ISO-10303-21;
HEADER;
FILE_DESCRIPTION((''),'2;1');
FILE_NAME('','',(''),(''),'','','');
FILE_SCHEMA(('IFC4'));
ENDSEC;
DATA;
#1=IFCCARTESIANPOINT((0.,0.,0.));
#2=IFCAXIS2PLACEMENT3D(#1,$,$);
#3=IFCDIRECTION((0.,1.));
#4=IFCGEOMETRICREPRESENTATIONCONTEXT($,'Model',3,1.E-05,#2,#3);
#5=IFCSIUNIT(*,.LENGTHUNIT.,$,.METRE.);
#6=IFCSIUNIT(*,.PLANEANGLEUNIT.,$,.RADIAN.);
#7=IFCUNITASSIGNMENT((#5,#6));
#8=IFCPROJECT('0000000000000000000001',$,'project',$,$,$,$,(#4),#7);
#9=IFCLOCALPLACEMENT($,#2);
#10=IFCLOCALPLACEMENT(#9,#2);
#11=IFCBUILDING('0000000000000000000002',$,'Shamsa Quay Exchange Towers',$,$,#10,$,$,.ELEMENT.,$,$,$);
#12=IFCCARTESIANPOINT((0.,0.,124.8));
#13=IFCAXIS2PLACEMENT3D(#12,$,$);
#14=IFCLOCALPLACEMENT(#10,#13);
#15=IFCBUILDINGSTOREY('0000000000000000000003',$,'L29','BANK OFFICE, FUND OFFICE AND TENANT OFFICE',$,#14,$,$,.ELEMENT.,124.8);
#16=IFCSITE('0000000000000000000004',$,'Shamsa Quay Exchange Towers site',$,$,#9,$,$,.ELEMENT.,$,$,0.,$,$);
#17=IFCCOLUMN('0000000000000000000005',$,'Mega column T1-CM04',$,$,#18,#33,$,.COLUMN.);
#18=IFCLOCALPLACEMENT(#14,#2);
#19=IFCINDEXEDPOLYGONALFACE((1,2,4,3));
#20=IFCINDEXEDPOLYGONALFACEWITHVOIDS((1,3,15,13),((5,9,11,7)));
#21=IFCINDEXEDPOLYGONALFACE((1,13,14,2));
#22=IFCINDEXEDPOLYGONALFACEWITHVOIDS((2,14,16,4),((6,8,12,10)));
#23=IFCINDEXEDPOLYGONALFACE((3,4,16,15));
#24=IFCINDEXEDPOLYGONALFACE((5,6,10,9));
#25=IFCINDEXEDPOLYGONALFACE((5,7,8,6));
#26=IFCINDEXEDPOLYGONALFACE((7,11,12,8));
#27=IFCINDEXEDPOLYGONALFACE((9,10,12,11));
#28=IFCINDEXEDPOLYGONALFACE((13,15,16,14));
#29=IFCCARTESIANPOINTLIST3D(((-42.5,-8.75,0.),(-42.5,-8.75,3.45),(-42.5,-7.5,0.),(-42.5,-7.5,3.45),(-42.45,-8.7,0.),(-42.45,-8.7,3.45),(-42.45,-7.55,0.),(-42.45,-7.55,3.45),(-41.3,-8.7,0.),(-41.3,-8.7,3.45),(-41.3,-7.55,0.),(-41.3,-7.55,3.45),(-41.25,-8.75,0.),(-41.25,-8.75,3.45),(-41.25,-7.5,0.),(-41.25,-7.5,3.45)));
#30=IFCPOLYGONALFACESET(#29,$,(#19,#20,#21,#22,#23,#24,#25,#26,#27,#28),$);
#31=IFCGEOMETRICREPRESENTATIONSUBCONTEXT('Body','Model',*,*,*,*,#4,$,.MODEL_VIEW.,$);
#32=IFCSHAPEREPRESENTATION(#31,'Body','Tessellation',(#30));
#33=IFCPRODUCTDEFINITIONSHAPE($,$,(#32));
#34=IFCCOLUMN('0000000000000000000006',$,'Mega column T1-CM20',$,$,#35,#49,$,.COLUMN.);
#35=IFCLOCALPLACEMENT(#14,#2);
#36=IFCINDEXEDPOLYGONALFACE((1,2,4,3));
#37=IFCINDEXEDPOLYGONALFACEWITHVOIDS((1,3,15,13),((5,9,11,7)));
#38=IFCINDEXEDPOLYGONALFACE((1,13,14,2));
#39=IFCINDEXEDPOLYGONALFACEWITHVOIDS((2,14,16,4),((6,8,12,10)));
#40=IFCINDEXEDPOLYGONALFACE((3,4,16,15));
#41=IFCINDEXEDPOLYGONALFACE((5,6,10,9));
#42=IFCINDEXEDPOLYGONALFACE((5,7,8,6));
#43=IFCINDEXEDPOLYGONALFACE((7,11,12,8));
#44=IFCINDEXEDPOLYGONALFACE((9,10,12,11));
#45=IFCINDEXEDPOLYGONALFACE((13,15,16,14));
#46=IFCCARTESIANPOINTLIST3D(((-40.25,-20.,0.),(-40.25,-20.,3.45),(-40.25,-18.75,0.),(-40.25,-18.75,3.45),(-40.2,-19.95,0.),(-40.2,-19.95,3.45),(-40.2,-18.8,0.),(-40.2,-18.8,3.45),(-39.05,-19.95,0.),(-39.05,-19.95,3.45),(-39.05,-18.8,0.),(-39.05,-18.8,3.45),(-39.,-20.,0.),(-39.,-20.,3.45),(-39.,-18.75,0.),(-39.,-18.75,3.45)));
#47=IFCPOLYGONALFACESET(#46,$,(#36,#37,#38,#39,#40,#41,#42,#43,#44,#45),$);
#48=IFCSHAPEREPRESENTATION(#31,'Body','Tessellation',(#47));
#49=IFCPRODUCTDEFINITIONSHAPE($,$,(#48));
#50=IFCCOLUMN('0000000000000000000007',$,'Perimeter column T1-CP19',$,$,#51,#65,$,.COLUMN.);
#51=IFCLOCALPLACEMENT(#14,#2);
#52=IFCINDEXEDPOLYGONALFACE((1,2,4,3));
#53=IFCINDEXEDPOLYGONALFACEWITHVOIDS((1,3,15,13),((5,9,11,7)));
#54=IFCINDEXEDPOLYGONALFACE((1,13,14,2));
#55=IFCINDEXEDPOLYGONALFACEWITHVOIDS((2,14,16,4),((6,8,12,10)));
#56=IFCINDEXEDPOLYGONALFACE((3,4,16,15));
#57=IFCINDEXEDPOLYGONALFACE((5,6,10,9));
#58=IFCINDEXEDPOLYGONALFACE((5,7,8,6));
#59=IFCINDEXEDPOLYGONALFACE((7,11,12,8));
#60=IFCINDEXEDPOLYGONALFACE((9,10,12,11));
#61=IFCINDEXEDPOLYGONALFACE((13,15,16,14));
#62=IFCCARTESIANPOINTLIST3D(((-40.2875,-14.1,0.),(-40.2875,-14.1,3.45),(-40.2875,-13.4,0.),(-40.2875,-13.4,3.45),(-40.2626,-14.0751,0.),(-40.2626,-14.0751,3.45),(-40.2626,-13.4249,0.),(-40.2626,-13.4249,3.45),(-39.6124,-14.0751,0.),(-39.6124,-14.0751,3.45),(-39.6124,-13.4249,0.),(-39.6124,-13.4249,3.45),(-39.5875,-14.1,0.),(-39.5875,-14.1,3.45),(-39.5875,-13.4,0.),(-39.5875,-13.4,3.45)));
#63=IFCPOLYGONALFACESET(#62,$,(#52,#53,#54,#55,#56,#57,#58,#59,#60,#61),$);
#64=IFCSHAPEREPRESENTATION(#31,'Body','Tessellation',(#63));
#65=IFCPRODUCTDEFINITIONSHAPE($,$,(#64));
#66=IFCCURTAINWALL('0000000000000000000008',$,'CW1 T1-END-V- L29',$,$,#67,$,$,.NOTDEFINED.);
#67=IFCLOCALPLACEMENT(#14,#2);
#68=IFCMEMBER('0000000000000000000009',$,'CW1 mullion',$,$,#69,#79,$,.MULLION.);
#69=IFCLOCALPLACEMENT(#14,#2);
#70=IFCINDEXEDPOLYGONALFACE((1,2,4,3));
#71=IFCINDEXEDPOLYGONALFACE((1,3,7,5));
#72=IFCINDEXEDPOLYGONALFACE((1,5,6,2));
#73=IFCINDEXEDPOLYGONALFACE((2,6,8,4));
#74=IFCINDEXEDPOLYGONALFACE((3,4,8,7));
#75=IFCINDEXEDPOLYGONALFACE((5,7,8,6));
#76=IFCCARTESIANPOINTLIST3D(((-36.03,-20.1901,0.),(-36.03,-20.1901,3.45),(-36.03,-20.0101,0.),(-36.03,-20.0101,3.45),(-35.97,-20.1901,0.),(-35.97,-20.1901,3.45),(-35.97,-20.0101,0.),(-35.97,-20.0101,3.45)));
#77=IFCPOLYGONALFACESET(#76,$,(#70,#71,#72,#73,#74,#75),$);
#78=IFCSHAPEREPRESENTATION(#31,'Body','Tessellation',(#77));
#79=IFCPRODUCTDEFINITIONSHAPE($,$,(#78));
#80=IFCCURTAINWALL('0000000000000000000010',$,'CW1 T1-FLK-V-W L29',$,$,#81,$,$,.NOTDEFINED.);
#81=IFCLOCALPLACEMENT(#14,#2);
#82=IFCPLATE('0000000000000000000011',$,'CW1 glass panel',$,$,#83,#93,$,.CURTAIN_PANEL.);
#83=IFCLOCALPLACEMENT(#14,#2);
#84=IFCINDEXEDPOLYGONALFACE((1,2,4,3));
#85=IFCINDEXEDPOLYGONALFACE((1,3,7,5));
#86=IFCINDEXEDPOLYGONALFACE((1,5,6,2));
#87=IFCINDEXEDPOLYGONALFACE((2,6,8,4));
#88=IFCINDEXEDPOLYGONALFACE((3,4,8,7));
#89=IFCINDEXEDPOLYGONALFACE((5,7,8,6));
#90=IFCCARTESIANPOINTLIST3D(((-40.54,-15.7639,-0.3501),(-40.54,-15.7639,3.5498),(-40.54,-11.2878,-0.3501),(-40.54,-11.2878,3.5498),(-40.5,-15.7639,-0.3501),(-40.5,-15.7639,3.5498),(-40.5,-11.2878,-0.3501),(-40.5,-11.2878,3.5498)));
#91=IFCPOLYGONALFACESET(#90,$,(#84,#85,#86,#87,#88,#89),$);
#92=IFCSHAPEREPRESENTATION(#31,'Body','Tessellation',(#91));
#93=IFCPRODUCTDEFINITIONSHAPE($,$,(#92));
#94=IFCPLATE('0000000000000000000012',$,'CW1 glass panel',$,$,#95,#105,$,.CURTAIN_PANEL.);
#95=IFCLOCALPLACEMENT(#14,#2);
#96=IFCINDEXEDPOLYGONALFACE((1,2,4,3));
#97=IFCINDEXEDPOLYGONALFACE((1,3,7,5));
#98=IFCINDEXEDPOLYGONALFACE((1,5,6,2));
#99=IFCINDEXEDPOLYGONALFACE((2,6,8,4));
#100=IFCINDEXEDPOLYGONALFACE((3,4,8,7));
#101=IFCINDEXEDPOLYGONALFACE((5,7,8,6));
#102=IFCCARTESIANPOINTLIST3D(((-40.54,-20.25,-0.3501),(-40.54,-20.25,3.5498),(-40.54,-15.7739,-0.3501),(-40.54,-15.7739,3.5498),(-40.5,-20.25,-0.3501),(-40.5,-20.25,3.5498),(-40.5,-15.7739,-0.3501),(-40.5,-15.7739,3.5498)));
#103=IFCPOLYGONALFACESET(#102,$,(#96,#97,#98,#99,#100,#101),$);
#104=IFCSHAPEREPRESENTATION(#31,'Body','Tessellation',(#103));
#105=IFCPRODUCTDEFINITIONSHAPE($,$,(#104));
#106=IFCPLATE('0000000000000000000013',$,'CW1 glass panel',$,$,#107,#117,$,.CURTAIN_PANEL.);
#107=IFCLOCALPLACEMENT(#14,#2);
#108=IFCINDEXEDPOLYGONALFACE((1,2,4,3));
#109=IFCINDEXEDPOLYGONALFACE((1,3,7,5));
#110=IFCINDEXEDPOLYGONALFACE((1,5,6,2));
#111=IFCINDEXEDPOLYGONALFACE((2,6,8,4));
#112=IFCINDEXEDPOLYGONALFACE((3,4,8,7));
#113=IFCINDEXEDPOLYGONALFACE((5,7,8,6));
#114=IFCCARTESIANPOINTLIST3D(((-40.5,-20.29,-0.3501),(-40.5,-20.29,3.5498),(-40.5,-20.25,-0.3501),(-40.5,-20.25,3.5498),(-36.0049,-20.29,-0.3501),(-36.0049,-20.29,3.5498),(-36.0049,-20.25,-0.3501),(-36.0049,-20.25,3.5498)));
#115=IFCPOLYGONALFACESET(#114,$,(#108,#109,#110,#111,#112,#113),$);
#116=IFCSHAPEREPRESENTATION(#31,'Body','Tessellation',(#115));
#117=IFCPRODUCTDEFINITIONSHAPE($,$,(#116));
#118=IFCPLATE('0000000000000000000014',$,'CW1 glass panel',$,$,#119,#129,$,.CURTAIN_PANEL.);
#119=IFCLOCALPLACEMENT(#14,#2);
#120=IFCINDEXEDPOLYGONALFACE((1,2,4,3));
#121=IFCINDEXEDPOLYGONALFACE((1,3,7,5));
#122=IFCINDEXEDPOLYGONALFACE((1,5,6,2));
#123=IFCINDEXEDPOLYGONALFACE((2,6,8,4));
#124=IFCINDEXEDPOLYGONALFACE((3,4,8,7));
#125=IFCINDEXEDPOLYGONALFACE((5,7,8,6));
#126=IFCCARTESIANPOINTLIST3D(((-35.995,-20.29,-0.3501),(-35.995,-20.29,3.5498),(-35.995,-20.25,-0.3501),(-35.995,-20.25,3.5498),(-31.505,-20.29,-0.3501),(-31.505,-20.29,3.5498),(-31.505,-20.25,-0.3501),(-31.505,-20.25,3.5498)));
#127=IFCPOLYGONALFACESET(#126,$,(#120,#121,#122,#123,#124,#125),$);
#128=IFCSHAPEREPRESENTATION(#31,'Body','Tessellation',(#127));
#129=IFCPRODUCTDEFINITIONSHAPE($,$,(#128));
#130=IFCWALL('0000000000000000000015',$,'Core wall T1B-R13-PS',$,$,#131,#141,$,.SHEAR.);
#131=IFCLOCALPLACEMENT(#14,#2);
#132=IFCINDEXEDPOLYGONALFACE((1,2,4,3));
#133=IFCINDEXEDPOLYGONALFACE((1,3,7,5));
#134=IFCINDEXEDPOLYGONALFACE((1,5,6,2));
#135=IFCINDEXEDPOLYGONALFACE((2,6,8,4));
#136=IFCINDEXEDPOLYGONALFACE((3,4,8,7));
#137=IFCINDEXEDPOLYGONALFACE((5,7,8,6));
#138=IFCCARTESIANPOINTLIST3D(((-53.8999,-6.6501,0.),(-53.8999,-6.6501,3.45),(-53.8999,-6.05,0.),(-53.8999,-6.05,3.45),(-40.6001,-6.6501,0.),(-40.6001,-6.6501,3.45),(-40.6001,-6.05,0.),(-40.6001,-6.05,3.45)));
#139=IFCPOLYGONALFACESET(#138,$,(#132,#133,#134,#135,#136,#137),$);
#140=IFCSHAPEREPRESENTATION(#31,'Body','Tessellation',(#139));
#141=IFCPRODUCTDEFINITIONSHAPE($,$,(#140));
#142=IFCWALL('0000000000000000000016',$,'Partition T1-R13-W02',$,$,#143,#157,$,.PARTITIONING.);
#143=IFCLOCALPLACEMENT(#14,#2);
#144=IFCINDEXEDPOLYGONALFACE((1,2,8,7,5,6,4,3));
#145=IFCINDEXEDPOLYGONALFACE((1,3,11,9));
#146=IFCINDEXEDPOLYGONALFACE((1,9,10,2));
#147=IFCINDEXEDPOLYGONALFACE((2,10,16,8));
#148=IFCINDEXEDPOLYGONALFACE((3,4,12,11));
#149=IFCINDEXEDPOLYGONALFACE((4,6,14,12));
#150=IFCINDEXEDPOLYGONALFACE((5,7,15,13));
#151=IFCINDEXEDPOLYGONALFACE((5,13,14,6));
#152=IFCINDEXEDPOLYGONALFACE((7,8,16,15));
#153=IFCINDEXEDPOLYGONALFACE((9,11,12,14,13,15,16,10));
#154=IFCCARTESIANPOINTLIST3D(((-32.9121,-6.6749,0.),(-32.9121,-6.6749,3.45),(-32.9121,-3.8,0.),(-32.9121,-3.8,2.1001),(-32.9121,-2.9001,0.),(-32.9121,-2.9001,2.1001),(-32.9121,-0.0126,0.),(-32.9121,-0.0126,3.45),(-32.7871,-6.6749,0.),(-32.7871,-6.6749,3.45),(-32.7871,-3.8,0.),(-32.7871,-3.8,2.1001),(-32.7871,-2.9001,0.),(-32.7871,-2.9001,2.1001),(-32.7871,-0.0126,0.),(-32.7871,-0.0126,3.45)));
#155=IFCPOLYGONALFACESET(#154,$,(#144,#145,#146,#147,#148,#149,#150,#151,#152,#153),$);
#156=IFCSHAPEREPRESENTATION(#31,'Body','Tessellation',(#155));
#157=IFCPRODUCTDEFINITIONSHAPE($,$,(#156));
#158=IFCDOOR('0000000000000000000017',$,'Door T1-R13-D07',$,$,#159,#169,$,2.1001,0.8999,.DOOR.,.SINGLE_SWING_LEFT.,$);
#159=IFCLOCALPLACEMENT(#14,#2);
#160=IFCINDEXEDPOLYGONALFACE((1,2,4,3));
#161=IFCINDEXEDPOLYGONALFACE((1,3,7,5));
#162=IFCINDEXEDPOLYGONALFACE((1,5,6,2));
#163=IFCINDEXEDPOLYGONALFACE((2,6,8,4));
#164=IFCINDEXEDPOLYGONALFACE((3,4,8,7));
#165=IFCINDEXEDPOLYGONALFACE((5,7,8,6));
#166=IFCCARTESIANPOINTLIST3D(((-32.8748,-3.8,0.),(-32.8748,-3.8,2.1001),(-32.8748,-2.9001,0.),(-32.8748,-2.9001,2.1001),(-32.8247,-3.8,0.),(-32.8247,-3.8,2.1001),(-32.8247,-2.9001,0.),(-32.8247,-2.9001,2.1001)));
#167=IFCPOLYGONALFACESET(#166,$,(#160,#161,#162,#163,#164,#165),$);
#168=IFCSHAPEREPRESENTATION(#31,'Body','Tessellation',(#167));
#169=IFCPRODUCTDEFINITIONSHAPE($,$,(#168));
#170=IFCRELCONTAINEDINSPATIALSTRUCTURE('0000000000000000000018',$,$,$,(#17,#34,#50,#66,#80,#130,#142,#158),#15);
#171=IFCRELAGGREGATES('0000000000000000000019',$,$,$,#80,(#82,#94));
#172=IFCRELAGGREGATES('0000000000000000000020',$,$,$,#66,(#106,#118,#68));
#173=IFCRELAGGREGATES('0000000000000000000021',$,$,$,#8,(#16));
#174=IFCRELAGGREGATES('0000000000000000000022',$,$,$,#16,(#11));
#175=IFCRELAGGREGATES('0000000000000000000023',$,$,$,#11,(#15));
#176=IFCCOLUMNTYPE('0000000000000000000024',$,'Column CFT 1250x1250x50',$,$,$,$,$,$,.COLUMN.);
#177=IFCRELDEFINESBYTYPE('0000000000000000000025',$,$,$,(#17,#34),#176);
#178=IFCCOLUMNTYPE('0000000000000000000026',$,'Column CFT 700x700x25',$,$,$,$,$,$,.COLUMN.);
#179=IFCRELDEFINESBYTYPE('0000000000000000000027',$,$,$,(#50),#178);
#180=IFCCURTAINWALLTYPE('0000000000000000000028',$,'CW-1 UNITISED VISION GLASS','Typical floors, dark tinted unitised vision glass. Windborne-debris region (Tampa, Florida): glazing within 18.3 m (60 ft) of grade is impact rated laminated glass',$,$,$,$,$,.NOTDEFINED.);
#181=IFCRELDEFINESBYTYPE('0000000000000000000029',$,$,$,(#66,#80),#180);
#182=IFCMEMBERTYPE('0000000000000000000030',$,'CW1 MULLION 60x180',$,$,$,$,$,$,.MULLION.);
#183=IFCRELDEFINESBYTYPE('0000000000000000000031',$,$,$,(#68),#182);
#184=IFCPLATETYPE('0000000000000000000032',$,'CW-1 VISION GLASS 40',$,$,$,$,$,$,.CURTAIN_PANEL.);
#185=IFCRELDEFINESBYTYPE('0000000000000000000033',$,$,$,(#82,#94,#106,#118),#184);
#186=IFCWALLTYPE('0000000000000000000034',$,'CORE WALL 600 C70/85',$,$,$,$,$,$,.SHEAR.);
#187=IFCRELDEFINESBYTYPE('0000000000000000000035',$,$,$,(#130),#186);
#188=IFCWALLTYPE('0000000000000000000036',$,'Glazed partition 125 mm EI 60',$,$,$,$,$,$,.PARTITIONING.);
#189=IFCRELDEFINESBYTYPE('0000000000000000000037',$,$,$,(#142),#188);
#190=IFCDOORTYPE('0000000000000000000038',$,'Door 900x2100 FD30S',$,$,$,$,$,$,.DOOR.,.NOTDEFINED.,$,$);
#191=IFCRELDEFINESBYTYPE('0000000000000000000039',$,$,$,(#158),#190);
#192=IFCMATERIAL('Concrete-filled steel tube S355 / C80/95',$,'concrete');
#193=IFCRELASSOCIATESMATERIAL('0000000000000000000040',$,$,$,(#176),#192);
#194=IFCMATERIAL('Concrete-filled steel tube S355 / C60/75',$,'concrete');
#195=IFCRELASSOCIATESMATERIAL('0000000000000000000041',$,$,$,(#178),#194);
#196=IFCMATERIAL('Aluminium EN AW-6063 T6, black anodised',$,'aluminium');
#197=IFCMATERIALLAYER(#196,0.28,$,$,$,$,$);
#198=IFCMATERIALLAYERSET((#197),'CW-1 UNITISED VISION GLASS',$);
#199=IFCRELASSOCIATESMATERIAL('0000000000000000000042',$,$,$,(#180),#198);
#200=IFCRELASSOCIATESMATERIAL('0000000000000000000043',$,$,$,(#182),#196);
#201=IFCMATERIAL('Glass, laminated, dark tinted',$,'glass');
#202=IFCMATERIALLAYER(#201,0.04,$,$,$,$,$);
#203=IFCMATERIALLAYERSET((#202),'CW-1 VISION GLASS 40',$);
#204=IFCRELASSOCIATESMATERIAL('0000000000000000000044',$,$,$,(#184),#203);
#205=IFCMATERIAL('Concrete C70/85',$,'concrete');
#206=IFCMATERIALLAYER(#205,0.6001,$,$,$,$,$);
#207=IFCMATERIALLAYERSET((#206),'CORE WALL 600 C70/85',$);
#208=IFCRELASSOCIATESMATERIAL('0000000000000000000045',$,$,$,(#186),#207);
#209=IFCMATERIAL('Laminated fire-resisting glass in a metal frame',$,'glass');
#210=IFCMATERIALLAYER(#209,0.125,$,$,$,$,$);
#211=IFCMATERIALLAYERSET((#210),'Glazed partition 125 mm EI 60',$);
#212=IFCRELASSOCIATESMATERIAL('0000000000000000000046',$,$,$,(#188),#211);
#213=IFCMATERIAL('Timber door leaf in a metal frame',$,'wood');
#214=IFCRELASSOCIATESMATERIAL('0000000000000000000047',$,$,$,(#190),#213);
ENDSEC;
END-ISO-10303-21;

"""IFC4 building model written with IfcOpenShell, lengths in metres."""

from ifc_helpers import new_model, si_unit, direction, frame, frame_2d, origin, origin_2d, place, context, subcontext, project, spatial, rectangle, hollow_rectangle, extrude, material, layer, layer_set, material_profile, profile_set, type_object, element, fill, aggregate, save


model = new_model("IFC4")

# Units and contexts
model_context = context("Model", 3, precision=1e-05, world=origin(), true_north=direction((0.0, 1.0)))
body_context = subcontext(model_context, "Body", "Model", "MODEL_VIEW")
ifc_project = project(units=[si_unit("LENGTHUNIT", "METRE"), si_unit("PLANEANGLEUNIT", "RADIAN")], contexts=[model_context])

# Site, building, storey
site_placement = place(None, origin())
site = spatial("IfcSite", under=ifc_project, at=site_placement, Name="Shamsa Quay Exchange Towers site", CompositionType="ELEMENT", RefElevation=0.0)
building_placement = place(site_placement, origin())
building = spatial("IfcBuilding", under=site, at=building_placement, Name="Shamsa Quay Exchange Towers", CompositionType="ELEMENT")
storey_placement = place(building_placement, frame((0.0, 0.0, 124.8)))
storey = spatial("IfcBuildingStorey", under=building, at=storey_placement, Name="L29", Description="BANK OFFICE, FUND OFFICE AND TENANT OFFICE", CompositionType="ELEMENT", Elevation=124.8)

# Columns
ifc_material_1 = material(Name="Concrete-filled steel tube S355 / C80/95", Category="concrete")
ifc_material_profile_1 = material_profile(ifc_material_1, hollow_rectangle(XDim=1.25, YDim=1.25, WallThickness=0.05, at=origin_2d()), Name="CFT 1250x1250x50")
ifc_profile_set_1 = profile_set([ifc_material_profile_1], Name="Concrete-filled steel tube S355 / C80/95")
column_type_1 = type_object("IfcColumnType", Name="Column CFT 1250x1250x50", PredefinedType="COLUMN", material=ifc_profile_set_1)
for number, where, name in (
    (1, (-41.875, -8.125, 0.0), "Mega column T1-CM04"),
    (2, (-39.625, -19.375, 0.0), "Mega column T1-CM20"),
):
    element("IfcColumn", number, at=place(storey_placement, frame(where)), inside=storey, type_object=column_type_1, Name=name, PredefinedType="COLUMN", context=body_context, shape_type="SweptSolid", body=[
        extrude(hollow_rectangle(XDim=1.25, YDim=1.25, WallThickness=0.05, at=origin_2d()), origin(), (0.0, 0.0, 1.0), 3.45),
    ])
ifc_material_2 = material(Name="Concrete-filled steel tube S355 / C60/75", Category="concrete")
ifc_material_profile_2 = material_profile(ifc_material_2, hollow_rectangle(XDim=0.7, YDim=0.7, WallThickness=0.0249, at=origin_2d()), Name="CFT 700x700x25")
ifc_profile_set_2 = profile_set([ifc_material_profile_2], Name="Concrete-filled steel tube S355 / C60/75")
column_type_2 = type_object("IfcColumnType", Name="Column CFT 700x700x25", PredefinedType="COLUMN", material=ifc_profile_set_2)
column_placement = place(storey_placement, frame((-39.9375, -13.75, 0.0)))
element("IfcColumn", 3, at=column_placement, inside=storey, type_object=column_type_2, Name="Perimeter column T1-CP19", PredefinedType="COLUMN", context=body_context, shape_type="SweptSolid", body=[
    extrude(hollow_rectangle(XDim=0.7, YDim=0.7, WallThickness=0.0249, at=origin_2d()), origin(), (0.0, 0.0, 1.0), 3.45),
])

# Curtain wall, member
ifc_material_3 = material(Name="Aluminium EN AW-6063 T6, black anodised", Category="aluminium")
ifc_layer_1 = layer(ifc_material_3, 0.28)
ifc_layer_set_1 = layer_set([ifc_layer_1], Name="CW-1 UNITISED VISION GLASS")
curtain_wall_type = type_object("IfcCurtainWallType", Name="CW-1 UNITISED VISION GLASS", Description="Typical floors, dark tinted unitised vision glass. Windborne-debris region (Tampa, Florida): glazing within 18.3 m (60 ft) of grade is impact rated laminated glass", PredefinedType="NOTDEFINED", material=ifc_layer_set_1)
curtain_wall_1_placement = place(storey_placement, origin())
curtain_wall_1 = element("IfcCurtainWall", 4, at=curtain_wall_1_placement, inside=storey, type_object=curtain_wall_type, Name="CW1 T1-END-V- L29", PredefinedType="NOTDEFINED")
ifc_material_profile_3 = material_profile(ifc_material_3, rectangle(XDim=0.1799, YDim=0.0601, at=origin_2d()), Name="MU60x180")
ifc_profile_set_3 = profile_set([ifc_material_profile_3], Name="Aluminium EN AW-6063 T6, black anodised")
member_type = type_object("IfcMemberType", Name="CW1 MULLION 60x180", PredefinedType="MULLION", material=ifc_profile_set_3)
member_placement = place(storey_placement, frame((-36.0, -20.1001, 0.0), z_axis=(0.0, 0.0, 1.0), x_axis=(0.0, 1.0, 0.0)))
member = element("IfcMember", 5, at=member_placement, type_object=member_type, Name="CW1 mullion", PredefinedType="MULLION", context=body_context, shape_type="SweptSolid", body=[
    extrude(rectangle(XDim=0.1799, YDim=0.0601, at=origin_2d()), origin(), (0.0, 0.0, 1.0), 3.45),
])

# Curtain wall, plates
curtain_wall_2_placement = place(storey_placement, origin())
curtain_wall_2 = element("IfcCurtainWall", 6, at=curtain_wall_2_placement, inside=storey, type_object=curtain_wall_type, Name="CW1 T1-FLK-V-W L29", PredefinedType="NOTDEFINED")
ifc_material_4 = material(Name="Glass, laminated, dark tinted", Category="glass")
ifc_layer_2 = layer(ifc_material_4, 0.04)
ifc_layer_set_2 = layer_set([ifc_layer_2], Name="CW-1 VISION GLASS 40")
plate_type = type_object("IfcPlateType", Name="CW-1 VISION GLASS 40", PredefinedType="CURTAIN_PANEL", material=ifc_layer_set_2)
plate_1_placement = place(storey_placement, frame((-40.52, -13.5259, -0.3501), z_axis=(0.0, 0.0, 1.0), x_axis=(0.0, -1.0, 0.0)))
plate_1 = element("IfcPlate", 7, at=plate_1_placement, type_object=plate_type, Name="CW1 glass panel", PredefinedType="CURTAIN_PANEL", context=body_context, shape_type="SweptSolid", body=[
    extrude(rectangle(XDim=4.4761, YDim=0.04, at=origin_2d()), origin(), (0.0, 0.0, 1.0), 3.8999),
])
plate_2_placement = place(storey_placement, frame((-40.52, -18.012, -0.3501), z_axis=(0.0, 0.0, 1.0), x_axis=(0.0, -1.0, 0.0)))
plate_2 = element("IfcPlate", 8, at=plate_2_placement, type_object=plate_type, Name="CW1 glass panel", PredefinedType="CURTAIN_PANEL", context=body_context, shape_type="SweptSolid", body=[
    extrude(rectangle(XDim=4.4761, YDim=0.04, at=origin_2d()), origin(), (0.0, 0.0, 1.0), 3.8999),
])
aggregate(curtain_wall_2, [plate_1, plate_2])

# Plates
plate_3_placement = place(storey_placement, frame((-38.2524, -20.27, -0.3501)))
plate_3 = element("IfcPlate", 9, at=plate_3_placement, type_object=plate_type, Name="CW1 glass panel", PredefinedType="CURTAIN_PANEL", context=body_context, shape_type="SweptSolid", body=[
    extrude(rectangle(XDim=4.4951, YDim=0.04, at=origin_2d()), origin(), (0.0, 0.0, 1.0), 3.8999),
])
plate_4_placement = place(storey_placement, frame((-33.75, -20.27, -0.3501)))
plate_4 = element("IfcPlate", 10, at=plate_4_placement, type_object=plate_type, Name="CW1 glass panel", PredefinedType="CURTAIN_PANEL", context=body_context, shape_type="SweptSolid", body=[
    extrude(rectangle(XDim=4.49, YDim=0.04, at=origin_2d()), origin(), (0.0, 0.0, 1.0), 3.8999),
])
aggregate(curtain_wall_1, [plate_3, plate_4, member])

# Wall
ifc_material_5 = material(Name="Concrete C70/85", Category="concrete")
ifc_layer_3 = layer(ifc_material_5, 0.6001)
ifc_layer_set_3 = layer_set([ifc_layer_3], Name="CORE WALL 600 C70/85")
wall_type_1 = type_object("IfcWallType", Name="CORE WALL 600 C70/85", PredefinedType="SHEAR", material=ifc_layer_set_3)
wall_1_placement = place(storey_placement, frame((-40.6001, -6.3501, 0.0), z_axis=(0.0, 0.0, 1.0), x_axis=(-1.0, 0.0, 0.0)))
element("IfcWall", 11, at=wall_1_placement, inside=storey, type_object=wall_type_1, Name="Core wall T1B-R13-PS", PredefinedType="SHEAR", context=body_context, shape_type="SweptSolid", body=[
    extrude(rectangle(XDim=13.2998, YDim=0.6001, at=frame_2d((6.6499, 0.0))), origin(), (0.0, 0.0, 1.0), 3.45),
])

# Wall, opening, door
ifc_material_6 = material(Name="Laminated fire-resisting glass in a metal frame", Category="glass")
ifc_layer_4 = layer(ifc_material_6, 0.125)
ifc_layer_set_4 = layer_set([ifc_layer_4], Name="Glazed partition 125 mm EI 60")
wall_type_2 = type_object("IfcWallType", Name="Glazed partition 125 mm EI 60", PredefinedType="PARTITIONING", material=ifc_layer_set_4)
wall_2_placement = place(storey_placement, frame((-32.8496, -0.0127, 0.0), z_axis=(0.0, 0.0, 1.0), x_axis=(0.0, -1.0, 0.0)))
wall_2 = element("IfcWall", 12, at=wall_2_placement, inside=storey, type_object=wall_type_2, Name="Partition T1-R13-W02", PredefinedType="PARTITIONING", context=body_context, shape_type="SweptSolid", body=[
    extrude(rectangle(XDim=6.6624, YDim=0.125, at=frame_2d((3.3311, 0.0))), origin(), (0.0, 0.0, 1.0), 3.45),
])
opening_1_placement = place(wall_2_placement, frame((2.8875, 0.0, 0.0)))
opening_1 = element("IfcOpeningElement", 13, at=opening_1_placement, cuts=wall_2, PredefinedType="OPENING", context=body_context, shape_type="SweptSolid", body=[
    extrude(rectangle(XDim=0.8999, YDim=2.1001, at=frame_2d((0.45, 1.05))), frame((0.0, 0.0725, 0.0), z_axis=(0.0, -1.0, 0.0), x_axis=(1.0, 0.0, 0.0)), (0.0, 0.0, 1.0), 0.145),
])
ifc_material_7 = material(Name="Timber door leaf in a metal frame", Category="wood")
door_type_1 = type_object("IfcDoorType", Name="Door 900x2100 FD30S", OperationType="NOTDEFINED", PredefinedType="DOOR", material=ifc_material_7)
door_1_placement = place(opening_1_placement, origin())
door_1 = element("IfcDoor", 14, at=door_1_placement, inside=storey, type_object=door_type_1, Name="Door T1-R13-D07", OperationType="SINGLE_SWING_LEFT", OverallHeight=2.1001, OverallWidth=0.8999, PredefinedType="DOOR", context=body_context, shape_type="SweptSolid", body=[
    extrude(rectangle(XDim=0.8999, YDim=2.1001, at=frame_2d((0.45, 1.05))), frame((0.0, 0.0249, 0.0), z_axis=(0.0, -1.0, 0.0), x_axis=(1.0, 0.0, 0.0)), (0.0, 0.0, 1.0), 0.05),
])
fill(opening_1, door_1)

save(model, "model.ifc")
